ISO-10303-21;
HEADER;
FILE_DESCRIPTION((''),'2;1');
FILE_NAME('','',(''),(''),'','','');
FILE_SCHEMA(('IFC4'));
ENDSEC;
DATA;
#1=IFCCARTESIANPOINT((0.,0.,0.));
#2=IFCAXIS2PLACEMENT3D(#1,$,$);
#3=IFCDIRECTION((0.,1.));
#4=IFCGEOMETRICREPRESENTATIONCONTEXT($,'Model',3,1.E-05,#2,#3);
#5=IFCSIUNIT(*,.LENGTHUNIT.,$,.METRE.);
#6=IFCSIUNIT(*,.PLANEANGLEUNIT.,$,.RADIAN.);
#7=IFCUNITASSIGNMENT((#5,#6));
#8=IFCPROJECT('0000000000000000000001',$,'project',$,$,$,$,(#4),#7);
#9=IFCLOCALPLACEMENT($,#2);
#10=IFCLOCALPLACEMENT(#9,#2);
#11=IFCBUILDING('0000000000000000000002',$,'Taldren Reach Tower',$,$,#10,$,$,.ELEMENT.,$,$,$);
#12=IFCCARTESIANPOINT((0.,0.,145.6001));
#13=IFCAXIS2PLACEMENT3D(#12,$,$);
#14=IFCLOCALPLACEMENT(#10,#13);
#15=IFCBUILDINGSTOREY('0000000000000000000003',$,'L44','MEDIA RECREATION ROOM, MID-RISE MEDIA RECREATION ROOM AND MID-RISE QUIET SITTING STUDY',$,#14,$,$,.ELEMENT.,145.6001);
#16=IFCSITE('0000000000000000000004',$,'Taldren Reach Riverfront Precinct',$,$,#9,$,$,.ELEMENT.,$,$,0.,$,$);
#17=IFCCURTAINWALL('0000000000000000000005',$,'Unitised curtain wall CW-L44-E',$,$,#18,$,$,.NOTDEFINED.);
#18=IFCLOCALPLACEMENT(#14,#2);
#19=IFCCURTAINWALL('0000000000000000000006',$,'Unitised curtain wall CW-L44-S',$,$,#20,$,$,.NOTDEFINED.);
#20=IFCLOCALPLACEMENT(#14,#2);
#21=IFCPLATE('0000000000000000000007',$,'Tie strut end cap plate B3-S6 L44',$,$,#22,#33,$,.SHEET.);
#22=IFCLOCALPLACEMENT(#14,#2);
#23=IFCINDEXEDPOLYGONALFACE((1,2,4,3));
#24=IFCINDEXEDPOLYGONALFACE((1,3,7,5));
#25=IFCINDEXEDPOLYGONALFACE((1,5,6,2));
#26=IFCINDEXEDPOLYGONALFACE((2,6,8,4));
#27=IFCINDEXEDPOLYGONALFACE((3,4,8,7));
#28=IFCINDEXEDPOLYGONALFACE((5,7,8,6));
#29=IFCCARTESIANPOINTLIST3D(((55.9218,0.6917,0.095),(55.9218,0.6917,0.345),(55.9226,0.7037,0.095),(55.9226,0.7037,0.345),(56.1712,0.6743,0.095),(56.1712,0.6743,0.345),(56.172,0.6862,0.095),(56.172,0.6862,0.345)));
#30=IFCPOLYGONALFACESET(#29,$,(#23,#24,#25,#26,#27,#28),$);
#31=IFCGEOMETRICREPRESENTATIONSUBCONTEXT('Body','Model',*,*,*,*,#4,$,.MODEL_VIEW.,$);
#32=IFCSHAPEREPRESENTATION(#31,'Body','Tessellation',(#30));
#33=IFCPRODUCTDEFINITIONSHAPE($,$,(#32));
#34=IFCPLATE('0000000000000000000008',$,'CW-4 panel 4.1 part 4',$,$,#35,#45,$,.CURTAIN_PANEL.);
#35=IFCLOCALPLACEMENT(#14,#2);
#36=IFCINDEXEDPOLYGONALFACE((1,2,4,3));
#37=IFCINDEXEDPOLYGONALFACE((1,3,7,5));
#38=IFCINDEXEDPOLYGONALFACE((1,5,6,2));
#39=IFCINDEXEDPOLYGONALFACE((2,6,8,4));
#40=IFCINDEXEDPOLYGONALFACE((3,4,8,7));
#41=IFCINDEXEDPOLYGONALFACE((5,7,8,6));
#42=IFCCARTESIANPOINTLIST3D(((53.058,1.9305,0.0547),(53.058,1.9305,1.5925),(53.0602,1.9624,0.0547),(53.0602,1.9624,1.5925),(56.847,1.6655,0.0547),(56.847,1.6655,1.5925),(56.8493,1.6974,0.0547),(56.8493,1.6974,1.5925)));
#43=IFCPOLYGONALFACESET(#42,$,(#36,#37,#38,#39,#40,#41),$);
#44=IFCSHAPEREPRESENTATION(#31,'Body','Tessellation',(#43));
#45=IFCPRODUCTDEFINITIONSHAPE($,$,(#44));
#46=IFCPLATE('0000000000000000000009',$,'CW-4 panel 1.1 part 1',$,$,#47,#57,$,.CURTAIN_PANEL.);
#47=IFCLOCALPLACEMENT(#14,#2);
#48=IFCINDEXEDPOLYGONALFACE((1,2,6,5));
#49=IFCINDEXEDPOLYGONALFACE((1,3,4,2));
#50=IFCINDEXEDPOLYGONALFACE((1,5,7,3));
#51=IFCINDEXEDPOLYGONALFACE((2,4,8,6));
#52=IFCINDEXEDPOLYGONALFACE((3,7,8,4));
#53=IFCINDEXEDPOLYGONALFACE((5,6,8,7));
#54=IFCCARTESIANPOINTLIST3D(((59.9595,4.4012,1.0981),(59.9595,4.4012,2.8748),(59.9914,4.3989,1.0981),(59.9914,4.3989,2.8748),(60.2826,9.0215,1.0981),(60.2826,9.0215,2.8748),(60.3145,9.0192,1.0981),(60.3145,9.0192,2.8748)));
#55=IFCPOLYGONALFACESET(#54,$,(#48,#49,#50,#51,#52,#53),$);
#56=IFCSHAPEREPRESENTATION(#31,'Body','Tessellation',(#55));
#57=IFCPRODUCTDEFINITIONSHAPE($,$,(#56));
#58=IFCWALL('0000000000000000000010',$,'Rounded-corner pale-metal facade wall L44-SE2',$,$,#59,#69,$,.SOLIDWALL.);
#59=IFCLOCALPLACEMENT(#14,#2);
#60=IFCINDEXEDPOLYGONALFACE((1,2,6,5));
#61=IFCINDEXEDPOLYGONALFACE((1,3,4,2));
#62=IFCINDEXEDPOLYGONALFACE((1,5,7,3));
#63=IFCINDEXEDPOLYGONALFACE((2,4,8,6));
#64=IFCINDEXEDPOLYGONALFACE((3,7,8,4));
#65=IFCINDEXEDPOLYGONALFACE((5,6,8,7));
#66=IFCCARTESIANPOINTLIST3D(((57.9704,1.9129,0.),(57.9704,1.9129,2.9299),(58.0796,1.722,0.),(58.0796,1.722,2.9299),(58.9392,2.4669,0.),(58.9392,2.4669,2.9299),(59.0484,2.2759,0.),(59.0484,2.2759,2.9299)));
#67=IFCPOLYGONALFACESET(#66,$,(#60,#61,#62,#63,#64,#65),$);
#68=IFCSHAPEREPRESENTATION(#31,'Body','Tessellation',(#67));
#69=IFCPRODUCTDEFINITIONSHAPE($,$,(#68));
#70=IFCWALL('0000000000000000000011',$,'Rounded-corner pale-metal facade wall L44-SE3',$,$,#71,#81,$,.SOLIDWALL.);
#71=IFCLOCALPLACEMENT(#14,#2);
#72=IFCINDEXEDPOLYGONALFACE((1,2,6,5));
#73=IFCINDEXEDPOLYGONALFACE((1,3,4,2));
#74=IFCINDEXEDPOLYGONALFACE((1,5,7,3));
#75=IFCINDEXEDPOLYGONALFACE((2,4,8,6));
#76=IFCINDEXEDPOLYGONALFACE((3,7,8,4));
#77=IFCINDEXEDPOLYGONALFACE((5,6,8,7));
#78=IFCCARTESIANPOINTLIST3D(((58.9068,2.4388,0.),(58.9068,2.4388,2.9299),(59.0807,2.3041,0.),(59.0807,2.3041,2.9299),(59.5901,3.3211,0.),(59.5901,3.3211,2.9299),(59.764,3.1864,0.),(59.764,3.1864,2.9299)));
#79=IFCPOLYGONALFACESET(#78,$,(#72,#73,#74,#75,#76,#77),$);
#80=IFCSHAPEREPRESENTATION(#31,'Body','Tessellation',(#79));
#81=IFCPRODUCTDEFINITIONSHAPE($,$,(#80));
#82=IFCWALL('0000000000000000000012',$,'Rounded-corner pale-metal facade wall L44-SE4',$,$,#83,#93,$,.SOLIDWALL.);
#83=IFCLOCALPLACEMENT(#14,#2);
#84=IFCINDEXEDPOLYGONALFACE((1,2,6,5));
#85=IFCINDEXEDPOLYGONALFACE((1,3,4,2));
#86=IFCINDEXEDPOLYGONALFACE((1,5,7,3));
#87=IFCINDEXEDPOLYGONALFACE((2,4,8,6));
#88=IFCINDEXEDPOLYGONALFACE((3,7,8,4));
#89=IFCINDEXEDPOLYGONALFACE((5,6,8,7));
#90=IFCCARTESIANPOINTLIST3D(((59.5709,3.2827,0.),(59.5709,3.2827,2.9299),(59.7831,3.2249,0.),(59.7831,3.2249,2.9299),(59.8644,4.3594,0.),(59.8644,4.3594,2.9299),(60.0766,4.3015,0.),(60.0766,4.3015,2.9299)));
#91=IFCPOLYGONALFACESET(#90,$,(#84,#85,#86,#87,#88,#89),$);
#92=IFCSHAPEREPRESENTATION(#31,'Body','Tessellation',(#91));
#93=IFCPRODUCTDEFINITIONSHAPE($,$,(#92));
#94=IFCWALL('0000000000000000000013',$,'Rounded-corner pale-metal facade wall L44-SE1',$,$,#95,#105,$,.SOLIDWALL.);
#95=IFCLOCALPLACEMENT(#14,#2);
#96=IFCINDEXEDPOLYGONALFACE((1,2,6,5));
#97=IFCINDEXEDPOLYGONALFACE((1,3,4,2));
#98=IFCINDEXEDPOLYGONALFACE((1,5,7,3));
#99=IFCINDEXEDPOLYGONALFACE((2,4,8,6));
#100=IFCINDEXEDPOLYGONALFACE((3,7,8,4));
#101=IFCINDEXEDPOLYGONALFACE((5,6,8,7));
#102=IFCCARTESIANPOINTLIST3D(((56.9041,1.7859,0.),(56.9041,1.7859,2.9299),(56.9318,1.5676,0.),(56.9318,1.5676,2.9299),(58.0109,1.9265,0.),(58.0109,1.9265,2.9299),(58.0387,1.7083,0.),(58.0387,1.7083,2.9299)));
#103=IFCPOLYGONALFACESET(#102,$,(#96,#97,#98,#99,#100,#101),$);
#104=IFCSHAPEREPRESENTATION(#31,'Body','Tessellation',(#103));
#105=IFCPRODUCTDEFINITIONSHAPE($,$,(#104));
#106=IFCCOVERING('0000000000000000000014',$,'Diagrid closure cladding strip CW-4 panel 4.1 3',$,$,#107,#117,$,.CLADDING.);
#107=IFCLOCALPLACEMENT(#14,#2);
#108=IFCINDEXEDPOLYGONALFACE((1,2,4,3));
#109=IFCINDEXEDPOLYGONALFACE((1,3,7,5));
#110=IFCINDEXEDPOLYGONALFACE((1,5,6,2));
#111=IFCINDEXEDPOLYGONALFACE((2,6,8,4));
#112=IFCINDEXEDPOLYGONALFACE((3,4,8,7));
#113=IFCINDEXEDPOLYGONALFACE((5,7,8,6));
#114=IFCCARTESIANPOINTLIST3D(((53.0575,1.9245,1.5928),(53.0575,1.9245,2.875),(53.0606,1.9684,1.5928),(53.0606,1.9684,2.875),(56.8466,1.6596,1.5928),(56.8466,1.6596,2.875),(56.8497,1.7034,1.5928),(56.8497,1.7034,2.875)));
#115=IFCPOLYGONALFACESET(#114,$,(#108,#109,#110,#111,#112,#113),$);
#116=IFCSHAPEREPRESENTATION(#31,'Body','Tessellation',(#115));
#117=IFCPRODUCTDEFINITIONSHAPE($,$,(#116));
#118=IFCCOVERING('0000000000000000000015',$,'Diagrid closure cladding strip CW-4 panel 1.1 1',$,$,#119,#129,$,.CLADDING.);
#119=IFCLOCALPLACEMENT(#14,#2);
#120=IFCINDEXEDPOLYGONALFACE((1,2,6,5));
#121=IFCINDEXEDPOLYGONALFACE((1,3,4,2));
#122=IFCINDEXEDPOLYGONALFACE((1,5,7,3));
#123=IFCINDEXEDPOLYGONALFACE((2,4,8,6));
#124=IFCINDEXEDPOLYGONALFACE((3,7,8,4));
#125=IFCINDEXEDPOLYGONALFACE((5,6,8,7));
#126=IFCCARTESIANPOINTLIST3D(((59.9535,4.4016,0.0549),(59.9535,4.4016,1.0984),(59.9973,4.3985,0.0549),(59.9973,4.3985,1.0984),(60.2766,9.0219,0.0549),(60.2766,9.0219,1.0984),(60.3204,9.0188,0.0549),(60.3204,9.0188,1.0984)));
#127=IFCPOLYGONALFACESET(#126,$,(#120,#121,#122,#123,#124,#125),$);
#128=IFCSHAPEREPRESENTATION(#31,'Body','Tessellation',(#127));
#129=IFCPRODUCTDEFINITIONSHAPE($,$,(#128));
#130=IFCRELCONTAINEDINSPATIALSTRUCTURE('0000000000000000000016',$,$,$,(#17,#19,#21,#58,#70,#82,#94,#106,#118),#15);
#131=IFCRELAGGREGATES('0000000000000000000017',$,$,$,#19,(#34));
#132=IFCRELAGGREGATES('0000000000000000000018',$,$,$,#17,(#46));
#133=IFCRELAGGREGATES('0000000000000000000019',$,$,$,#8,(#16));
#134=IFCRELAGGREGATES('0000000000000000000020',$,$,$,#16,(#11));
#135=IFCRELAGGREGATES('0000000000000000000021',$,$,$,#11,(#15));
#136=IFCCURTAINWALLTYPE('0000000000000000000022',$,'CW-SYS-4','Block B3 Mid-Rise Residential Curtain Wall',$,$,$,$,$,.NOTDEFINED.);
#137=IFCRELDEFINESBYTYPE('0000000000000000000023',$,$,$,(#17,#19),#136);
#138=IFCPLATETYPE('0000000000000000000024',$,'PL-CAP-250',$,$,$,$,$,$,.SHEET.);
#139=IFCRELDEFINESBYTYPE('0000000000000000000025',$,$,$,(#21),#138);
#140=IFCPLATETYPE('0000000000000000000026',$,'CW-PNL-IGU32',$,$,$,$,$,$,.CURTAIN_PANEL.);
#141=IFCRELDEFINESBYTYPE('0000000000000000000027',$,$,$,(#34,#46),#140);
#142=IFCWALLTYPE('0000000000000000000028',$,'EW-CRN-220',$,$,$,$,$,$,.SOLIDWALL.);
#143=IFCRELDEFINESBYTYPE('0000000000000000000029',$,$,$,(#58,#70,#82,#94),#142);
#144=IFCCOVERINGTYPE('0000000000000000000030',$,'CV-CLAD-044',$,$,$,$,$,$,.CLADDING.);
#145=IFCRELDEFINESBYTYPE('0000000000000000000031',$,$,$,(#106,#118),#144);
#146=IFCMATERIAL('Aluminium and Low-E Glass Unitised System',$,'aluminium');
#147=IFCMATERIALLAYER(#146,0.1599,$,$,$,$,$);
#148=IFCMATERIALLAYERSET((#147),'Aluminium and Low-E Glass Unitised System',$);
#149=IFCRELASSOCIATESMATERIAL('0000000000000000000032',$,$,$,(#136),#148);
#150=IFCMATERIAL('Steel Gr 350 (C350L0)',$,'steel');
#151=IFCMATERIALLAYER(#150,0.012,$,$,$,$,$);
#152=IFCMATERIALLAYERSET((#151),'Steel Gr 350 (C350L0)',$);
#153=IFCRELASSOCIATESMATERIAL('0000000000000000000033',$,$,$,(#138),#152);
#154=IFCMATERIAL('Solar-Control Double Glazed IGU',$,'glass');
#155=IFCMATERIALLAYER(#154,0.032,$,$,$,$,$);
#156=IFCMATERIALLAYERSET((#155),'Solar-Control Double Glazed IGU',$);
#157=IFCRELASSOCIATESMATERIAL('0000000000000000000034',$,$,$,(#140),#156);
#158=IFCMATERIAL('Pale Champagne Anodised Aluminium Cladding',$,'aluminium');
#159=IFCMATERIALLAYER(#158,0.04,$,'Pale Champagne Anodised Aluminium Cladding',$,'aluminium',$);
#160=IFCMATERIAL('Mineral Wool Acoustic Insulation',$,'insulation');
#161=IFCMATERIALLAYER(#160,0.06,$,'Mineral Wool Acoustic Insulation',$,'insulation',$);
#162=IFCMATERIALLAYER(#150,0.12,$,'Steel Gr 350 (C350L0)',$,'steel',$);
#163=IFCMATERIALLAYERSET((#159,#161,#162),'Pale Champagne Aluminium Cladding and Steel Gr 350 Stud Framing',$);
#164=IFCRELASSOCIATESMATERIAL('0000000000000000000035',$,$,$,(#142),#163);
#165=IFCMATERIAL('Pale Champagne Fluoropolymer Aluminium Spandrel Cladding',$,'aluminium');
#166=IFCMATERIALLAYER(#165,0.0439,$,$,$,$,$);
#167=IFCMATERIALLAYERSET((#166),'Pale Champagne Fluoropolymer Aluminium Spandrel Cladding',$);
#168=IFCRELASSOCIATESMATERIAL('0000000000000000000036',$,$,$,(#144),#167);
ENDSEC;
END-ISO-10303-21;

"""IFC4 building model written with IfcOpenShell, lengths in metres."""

from ifc_helpers import new_model, si_unit, direction, frame, frame_2d, origin, origin_2d, place, context, subcontext, project, spatial, rectangle, extrude, source, transform, mapped, material, layer, layer_set, type_object, element, aggregate, save


model = new_model("IFC4")

# Units and contexts
model_context = context("Model", 3, precision=1e-05, world=origin(), true_north=direction((0.0, 1.0)))
body_context = subcontext(model_context, "Body", "Model", "MODEL_VIEW")
ifc_project = project(units=[si_unit("LENGTHUNIT", "METRE"), si_unit("PLANEANGLEUNIT", "RADIAN")], contexts=[model_context])

# Site, building, storey
site_placement = place(None, origin())
site = spatial("IfcSite", under=ifc_project, at=site_placement, Name="Taldren Reach Riverfront Precinct", CompositionType="ELEMENT", RefElevation=0.0)
building_placement = place(site_placement, origin())
building = spatial("IfcBuilding", under=site, at=building_placement, Name="Taldren Reach Tower", CompositionType="ELEMENT")
storey_placement = place(building_placement, frame((0.0, 0.0, 145.6001)))
storey = spatial("IfcBuildingStorey", under=building, at=storey_placement, Name="L44", Description="MEDIA RECREATION ROOM, MID-RISE MEDIA RECREATION ROOM AND MID-RISE QUIET SITTING STUDY", CompositionType="ELEMENT", Elevation=145.6001)

# Shared definitions
ifc_material_1 = material(Name="Steel Gr 350 (C350L0)", Category="steel")

# Curtain wall
ifc_material_2 = material(Name="Aluminium and Low-E Glass Unitised System", Category="aluminium")
ifc_layer_1 = layer(ifc_material_2, 0.1599)
ifc_layer_set_1 = layer_set([ifc_layer_1], Name="Aluminium and Low-E Glass Unitised System")
curtain_wall_type = type_object("IfcCurtainWallType", Name="CW-SYS-4", Description="Block B3 Mid-Rise Residential Curtain Wall", PredefinedType="NOTDEFINED", material=ifc_layer_set_1)
curtain_wall_1_placement = place(storey_placement, origin())
curtain_wall_1 = element("IfcCurtainWall", 1, at=curtain_wall_1_placement, inside=storey, type_object=curtain_wall_type, Name="Unitised curtain wall CW-L44-E", PredefinedType="NOTDEFINED")

# Curtain wall
curtain_wall_2_placement = place(storey_placement, origin())
curtain_wall_2 = element("IfcCurtainWall", 2, at=curtain_wall_2_placement, inside=storey, type_object=curtain_wall_type, Name="Unitised curtain wall CW-L44-S", PredefinedType="NOTDEFINED")

# Plate
ifc_layer_2 = layer(ifc_material_1, 0.012)
ifc_layer_set_2 = layer_set([ifc_layer_2], Name="Steel Gr 350 (C350L0)")
plate_type_1 = type_object("IfcPlateType", Name="PL-CAP-250", PredefinedType="SHEET", material=ifc_layer_set_2)
shared_shape_1 = source(origin(), body_context, "Body", "SweptSolid", [
    extrude(rectangle(XDim=0.25, YDim=0.012, at=origin_2d()), origin(), (0.0, 0.0, 1.0), 0.25),
])
plate_1_placement = place(storey_placement, frame((56.0469, 0.689, 0.095), z_axis=(0.0, 0.0, 1.0), x_axis=(0.997564, -0.069756, 0.0)))
element("IfcPlate", 3, at=plate_1_placement, inside=storey, type_object=plate_type_1, Name="Tie strut end cap plate B3-S6 L44", PredefinedType="SHEET", context=body_context, shape_type="MappedRepresentation", body=[
    mapped(shared_shape_1, transform((0.0, 0.0, 0.0), scale=1.0)),
])

# Plates
ifc_material_3 = material(Name="Solar-Control Double Glazed IGU", Category="glass")
ifc_layer_3 = layer(ifc_material_3, 0.032)
ifc_layer_set_3 = layer_set([ifc_layer_3], Name="Solar-Control Double Glazed IGU")
plate_type_2 = type_object("IfcPlateType", Name="CW-PNL-IGU32", PredefinedType="CURTAIN_PANEL", material=ifc_layer_set_3)
shared_shape_2 = source(origin(), body_context, "Body", "SweptSolid", [
    extrude(rectangle(XDim=3.7983, YDim=0.032, at=origin_2d()), origin(), (0.0, 0.0, 1.0), 1.5378),
])
plate_2_placement = place(storey_placement, frame((54.9536, 1.814, 0.0547), z_axis=(0.0, 0.0, 1.0), x_axis=(0.997564, -0.069757, 0.0)))
plate_2 = element("IfcPlate", 4, at=plate_2_placement, type_object=plate_type_2, Name="CW-4 panel 4.1 part 4", PredefinedType="CURTAIN_PANEL", context=body_context, shape_type="MappedRepresentation", body=[
    mapped(shared_shape_2, transform((0.0, 0.0, 0.0), scale=1.0)),
])
aggregate(curtain_wall_2, [plate_2])
shared_shape_3 = source(origin(), body_context, "Body", "SweptSolid", [
    extrude(rectangle(XDim=4.6316, YDim=0.032, at=origin_2d()), origin(), (0.0, 0.0, 1.0), 1.7766),
])
plate_3_placement = place(storey_placement, frame((60.137, 6.7102, 1.0981), z_axis=(0.0, 0.0, 1.0), x_axis=(0.069756, 0.997564, 0.0)))
plate_3 = element("IfcPlate", 5, at=plate_3_placement, type_object=plate_type_2, Name="CW-4 panel 1.1 part 1", PredefinedType="CURTAIN_PANEL", context=body_context, shape_type="MappedRepresentation", body=[
    mapped(shared_shape_3, transform((0.0, 0.0, 0.0), scale=1.0)),
])
aggregate(curtain_wall_1, [plate_3])

# Walls
ifc_material_4 = material(Name="Pale Champagne Anodised Aluminium Cladding", Category="aluminium")
ifc_layer_4 = layer(ifc_material_4, 0.04, Name="Pale Champagne Anodised Aluminium Cladding", Category="aluminium")
ifc_material_5 = material(Name="Mineral Wool Acoustic Insulation", Category="insulation")
ifc_layer_5 = layer(ifc_material_5, 0.06, Name="Mineral Wool Acoustic Insulation", Category="insulation")
ifc_layer_6 = layer(ifc_material_1, 0.12, Name="Steel Gr 350 (C350L0)", Category="steel")
ifc_layer_set_4 = layer_set([ifc_layer_4, ifc_layer_5, ifc_layer_6], Name="Pale Champagne Aluminium Cladding and Steel Gr 350 Stud Framing")
wall_type = type_object("IfcWallType", Name="EW-CRN-220", PredefinedType="SOLIDWALL", material=ifc_layer_set_4)
shared_shape_4 = source(origin(), body_context, "Body", "SweptSolid", [
    extrude(rectangle(XDim=1.116, YDim=0.22, at=frame_2d((0.5581, 0.0))), origin(), (0.0, 0.0, 1.0), 2.9299),
])
for number, where, z_axis, x_axis, name in (
    (6, (58.0249, 1.8174, 0.0), (0.0, 0.0, 1.0), (0.868095, 0.496398, 0.0), "Rounded-corner pale-metal facade wall L44-SE2"),
    (7, (58.9937, 2.3713, 0.0), (0.0, 0.0, 1.0), (0.612319, 0.790611, 0.0), "Rounded-corner pale-metal facade wall L44-SE3"),
    (8, (59.677, 3.2537, 0.0), (0.0, 0.0, 1.0), (0.262969, 0.964804, 0.0), "Rounded-corner pale-metal facade wall L44-SE4"),
):
    element("IfcWall", number, at=place(storey_placement, frame(where, z_axis=z_axis, x_axis=x_axis)), inside=storey, type_object=wall_type, Name=name, PredefinedType="SOLIDWALL", context=body_context, shape_type="MappedRepresentation", body=[
        mapped(shared_shape_4, transform((0.0, 0.0, 0.0), scale=1.0)),
    ])
shared_shape_5 = source(origin(), body_context, "Body", "SweptSolid", [
    extrude(rectangle(XDim=1.1157, YDim=0.22, at=frame_2d((0.5579, 0.0))), origin(), (0.0, 0.0, 1.0), 2.9299),
])
wall_placement = place(storey_placement, frame((56.918, 1.6768, 0.0), z_axis=(0.0, 0.0, 1.0), x_axis=(0.992027, 0.126027, 0.0)))
element("IfcWall", 9, at=wall_placement, inside=storey, type_object=wall_type, Name="Rounded-corner pale-metal facade wall L44-SE1", PredefinedType="SOLIDWALL", context=body_context, shape_type="MappedRepresentation", body=[
    mapped(shared_shape_5, transform((0.0, 0.0, 0.0), scale=1.0)),
])

# Coverings
ifc_material_6 = material(Name="Pale Champagne Fluoropolymer Aluminium Spandrel Cladding", Category="aluminium")
ifc_layer_7 = layer(ifc_material_6, 0.0439)
ifc_layer_set_5 = layer_set([ifc_layer_7], Name="Pale Champagne Fluoropolymer Aluminium Spandrel Cladding")
covering_type = type_object("IfcCoveringType", Name="CV-CLAD-044", PredefinedType="CLADDING", material=ifc_layer_set_5)
shared_shape_6 = source(origin(), body_context, "Body", "SweptSolid", [
    extrude(rectangle(XDim=3.7983, YDim=0.0439, at=origin_2d()), origin(), (0.0, 0.0, 1.0), 1.2822),
])
covering_1_placement = place(storey_placement, frame((54.9536, 1.814, 1.5928), z_axis=(0.0, 0.0, 1.0), x_axis=(0.997564, -0.069757, 0.0)))
element("IfcCovering", 10, at=covering_1_placement, inside=storey, type_object=covering_type, Name="Diagrid closure cladding strip CW-4 panel 4.1 3", PredefinedType="CLADDING", context=body_context, shape_type="MappedRepresentation", body=[
    mapped(shared_shape_6, transform((0.0, 0.0, 0.0), scale=1.0)),
])
shared_shape_7 = source(origin(), body_context, "Body", "SweptSolid", [
    extrude(rectangle(XDim=4.6316, YDim=0.0439, at=origin_2d()), origin(), (0.0, 0.0, 1.0), 1.0435),
])
covering_2_placement = place(storey_placement, frame((60.137, 6.7102, 0.0549), z_axis=(0.0, 0.0, 1.0), x_axis=(0.069756, 0.997564, 0.0)))
element("IfcCovering", 11, at=covering_2_placement, inside=storey, type_object=covering_type, Name="Diagrid closure cladding strip CW-4 panel 1.1 1", PredefinedType="CLADDING", context=body_context, shape_type="MappedRepresentation", body=[
    mapped(shared_shape_7, transform((0.0, 0.0, 0.0), scale=1.0)),
])

save(model, "model.ifc")
